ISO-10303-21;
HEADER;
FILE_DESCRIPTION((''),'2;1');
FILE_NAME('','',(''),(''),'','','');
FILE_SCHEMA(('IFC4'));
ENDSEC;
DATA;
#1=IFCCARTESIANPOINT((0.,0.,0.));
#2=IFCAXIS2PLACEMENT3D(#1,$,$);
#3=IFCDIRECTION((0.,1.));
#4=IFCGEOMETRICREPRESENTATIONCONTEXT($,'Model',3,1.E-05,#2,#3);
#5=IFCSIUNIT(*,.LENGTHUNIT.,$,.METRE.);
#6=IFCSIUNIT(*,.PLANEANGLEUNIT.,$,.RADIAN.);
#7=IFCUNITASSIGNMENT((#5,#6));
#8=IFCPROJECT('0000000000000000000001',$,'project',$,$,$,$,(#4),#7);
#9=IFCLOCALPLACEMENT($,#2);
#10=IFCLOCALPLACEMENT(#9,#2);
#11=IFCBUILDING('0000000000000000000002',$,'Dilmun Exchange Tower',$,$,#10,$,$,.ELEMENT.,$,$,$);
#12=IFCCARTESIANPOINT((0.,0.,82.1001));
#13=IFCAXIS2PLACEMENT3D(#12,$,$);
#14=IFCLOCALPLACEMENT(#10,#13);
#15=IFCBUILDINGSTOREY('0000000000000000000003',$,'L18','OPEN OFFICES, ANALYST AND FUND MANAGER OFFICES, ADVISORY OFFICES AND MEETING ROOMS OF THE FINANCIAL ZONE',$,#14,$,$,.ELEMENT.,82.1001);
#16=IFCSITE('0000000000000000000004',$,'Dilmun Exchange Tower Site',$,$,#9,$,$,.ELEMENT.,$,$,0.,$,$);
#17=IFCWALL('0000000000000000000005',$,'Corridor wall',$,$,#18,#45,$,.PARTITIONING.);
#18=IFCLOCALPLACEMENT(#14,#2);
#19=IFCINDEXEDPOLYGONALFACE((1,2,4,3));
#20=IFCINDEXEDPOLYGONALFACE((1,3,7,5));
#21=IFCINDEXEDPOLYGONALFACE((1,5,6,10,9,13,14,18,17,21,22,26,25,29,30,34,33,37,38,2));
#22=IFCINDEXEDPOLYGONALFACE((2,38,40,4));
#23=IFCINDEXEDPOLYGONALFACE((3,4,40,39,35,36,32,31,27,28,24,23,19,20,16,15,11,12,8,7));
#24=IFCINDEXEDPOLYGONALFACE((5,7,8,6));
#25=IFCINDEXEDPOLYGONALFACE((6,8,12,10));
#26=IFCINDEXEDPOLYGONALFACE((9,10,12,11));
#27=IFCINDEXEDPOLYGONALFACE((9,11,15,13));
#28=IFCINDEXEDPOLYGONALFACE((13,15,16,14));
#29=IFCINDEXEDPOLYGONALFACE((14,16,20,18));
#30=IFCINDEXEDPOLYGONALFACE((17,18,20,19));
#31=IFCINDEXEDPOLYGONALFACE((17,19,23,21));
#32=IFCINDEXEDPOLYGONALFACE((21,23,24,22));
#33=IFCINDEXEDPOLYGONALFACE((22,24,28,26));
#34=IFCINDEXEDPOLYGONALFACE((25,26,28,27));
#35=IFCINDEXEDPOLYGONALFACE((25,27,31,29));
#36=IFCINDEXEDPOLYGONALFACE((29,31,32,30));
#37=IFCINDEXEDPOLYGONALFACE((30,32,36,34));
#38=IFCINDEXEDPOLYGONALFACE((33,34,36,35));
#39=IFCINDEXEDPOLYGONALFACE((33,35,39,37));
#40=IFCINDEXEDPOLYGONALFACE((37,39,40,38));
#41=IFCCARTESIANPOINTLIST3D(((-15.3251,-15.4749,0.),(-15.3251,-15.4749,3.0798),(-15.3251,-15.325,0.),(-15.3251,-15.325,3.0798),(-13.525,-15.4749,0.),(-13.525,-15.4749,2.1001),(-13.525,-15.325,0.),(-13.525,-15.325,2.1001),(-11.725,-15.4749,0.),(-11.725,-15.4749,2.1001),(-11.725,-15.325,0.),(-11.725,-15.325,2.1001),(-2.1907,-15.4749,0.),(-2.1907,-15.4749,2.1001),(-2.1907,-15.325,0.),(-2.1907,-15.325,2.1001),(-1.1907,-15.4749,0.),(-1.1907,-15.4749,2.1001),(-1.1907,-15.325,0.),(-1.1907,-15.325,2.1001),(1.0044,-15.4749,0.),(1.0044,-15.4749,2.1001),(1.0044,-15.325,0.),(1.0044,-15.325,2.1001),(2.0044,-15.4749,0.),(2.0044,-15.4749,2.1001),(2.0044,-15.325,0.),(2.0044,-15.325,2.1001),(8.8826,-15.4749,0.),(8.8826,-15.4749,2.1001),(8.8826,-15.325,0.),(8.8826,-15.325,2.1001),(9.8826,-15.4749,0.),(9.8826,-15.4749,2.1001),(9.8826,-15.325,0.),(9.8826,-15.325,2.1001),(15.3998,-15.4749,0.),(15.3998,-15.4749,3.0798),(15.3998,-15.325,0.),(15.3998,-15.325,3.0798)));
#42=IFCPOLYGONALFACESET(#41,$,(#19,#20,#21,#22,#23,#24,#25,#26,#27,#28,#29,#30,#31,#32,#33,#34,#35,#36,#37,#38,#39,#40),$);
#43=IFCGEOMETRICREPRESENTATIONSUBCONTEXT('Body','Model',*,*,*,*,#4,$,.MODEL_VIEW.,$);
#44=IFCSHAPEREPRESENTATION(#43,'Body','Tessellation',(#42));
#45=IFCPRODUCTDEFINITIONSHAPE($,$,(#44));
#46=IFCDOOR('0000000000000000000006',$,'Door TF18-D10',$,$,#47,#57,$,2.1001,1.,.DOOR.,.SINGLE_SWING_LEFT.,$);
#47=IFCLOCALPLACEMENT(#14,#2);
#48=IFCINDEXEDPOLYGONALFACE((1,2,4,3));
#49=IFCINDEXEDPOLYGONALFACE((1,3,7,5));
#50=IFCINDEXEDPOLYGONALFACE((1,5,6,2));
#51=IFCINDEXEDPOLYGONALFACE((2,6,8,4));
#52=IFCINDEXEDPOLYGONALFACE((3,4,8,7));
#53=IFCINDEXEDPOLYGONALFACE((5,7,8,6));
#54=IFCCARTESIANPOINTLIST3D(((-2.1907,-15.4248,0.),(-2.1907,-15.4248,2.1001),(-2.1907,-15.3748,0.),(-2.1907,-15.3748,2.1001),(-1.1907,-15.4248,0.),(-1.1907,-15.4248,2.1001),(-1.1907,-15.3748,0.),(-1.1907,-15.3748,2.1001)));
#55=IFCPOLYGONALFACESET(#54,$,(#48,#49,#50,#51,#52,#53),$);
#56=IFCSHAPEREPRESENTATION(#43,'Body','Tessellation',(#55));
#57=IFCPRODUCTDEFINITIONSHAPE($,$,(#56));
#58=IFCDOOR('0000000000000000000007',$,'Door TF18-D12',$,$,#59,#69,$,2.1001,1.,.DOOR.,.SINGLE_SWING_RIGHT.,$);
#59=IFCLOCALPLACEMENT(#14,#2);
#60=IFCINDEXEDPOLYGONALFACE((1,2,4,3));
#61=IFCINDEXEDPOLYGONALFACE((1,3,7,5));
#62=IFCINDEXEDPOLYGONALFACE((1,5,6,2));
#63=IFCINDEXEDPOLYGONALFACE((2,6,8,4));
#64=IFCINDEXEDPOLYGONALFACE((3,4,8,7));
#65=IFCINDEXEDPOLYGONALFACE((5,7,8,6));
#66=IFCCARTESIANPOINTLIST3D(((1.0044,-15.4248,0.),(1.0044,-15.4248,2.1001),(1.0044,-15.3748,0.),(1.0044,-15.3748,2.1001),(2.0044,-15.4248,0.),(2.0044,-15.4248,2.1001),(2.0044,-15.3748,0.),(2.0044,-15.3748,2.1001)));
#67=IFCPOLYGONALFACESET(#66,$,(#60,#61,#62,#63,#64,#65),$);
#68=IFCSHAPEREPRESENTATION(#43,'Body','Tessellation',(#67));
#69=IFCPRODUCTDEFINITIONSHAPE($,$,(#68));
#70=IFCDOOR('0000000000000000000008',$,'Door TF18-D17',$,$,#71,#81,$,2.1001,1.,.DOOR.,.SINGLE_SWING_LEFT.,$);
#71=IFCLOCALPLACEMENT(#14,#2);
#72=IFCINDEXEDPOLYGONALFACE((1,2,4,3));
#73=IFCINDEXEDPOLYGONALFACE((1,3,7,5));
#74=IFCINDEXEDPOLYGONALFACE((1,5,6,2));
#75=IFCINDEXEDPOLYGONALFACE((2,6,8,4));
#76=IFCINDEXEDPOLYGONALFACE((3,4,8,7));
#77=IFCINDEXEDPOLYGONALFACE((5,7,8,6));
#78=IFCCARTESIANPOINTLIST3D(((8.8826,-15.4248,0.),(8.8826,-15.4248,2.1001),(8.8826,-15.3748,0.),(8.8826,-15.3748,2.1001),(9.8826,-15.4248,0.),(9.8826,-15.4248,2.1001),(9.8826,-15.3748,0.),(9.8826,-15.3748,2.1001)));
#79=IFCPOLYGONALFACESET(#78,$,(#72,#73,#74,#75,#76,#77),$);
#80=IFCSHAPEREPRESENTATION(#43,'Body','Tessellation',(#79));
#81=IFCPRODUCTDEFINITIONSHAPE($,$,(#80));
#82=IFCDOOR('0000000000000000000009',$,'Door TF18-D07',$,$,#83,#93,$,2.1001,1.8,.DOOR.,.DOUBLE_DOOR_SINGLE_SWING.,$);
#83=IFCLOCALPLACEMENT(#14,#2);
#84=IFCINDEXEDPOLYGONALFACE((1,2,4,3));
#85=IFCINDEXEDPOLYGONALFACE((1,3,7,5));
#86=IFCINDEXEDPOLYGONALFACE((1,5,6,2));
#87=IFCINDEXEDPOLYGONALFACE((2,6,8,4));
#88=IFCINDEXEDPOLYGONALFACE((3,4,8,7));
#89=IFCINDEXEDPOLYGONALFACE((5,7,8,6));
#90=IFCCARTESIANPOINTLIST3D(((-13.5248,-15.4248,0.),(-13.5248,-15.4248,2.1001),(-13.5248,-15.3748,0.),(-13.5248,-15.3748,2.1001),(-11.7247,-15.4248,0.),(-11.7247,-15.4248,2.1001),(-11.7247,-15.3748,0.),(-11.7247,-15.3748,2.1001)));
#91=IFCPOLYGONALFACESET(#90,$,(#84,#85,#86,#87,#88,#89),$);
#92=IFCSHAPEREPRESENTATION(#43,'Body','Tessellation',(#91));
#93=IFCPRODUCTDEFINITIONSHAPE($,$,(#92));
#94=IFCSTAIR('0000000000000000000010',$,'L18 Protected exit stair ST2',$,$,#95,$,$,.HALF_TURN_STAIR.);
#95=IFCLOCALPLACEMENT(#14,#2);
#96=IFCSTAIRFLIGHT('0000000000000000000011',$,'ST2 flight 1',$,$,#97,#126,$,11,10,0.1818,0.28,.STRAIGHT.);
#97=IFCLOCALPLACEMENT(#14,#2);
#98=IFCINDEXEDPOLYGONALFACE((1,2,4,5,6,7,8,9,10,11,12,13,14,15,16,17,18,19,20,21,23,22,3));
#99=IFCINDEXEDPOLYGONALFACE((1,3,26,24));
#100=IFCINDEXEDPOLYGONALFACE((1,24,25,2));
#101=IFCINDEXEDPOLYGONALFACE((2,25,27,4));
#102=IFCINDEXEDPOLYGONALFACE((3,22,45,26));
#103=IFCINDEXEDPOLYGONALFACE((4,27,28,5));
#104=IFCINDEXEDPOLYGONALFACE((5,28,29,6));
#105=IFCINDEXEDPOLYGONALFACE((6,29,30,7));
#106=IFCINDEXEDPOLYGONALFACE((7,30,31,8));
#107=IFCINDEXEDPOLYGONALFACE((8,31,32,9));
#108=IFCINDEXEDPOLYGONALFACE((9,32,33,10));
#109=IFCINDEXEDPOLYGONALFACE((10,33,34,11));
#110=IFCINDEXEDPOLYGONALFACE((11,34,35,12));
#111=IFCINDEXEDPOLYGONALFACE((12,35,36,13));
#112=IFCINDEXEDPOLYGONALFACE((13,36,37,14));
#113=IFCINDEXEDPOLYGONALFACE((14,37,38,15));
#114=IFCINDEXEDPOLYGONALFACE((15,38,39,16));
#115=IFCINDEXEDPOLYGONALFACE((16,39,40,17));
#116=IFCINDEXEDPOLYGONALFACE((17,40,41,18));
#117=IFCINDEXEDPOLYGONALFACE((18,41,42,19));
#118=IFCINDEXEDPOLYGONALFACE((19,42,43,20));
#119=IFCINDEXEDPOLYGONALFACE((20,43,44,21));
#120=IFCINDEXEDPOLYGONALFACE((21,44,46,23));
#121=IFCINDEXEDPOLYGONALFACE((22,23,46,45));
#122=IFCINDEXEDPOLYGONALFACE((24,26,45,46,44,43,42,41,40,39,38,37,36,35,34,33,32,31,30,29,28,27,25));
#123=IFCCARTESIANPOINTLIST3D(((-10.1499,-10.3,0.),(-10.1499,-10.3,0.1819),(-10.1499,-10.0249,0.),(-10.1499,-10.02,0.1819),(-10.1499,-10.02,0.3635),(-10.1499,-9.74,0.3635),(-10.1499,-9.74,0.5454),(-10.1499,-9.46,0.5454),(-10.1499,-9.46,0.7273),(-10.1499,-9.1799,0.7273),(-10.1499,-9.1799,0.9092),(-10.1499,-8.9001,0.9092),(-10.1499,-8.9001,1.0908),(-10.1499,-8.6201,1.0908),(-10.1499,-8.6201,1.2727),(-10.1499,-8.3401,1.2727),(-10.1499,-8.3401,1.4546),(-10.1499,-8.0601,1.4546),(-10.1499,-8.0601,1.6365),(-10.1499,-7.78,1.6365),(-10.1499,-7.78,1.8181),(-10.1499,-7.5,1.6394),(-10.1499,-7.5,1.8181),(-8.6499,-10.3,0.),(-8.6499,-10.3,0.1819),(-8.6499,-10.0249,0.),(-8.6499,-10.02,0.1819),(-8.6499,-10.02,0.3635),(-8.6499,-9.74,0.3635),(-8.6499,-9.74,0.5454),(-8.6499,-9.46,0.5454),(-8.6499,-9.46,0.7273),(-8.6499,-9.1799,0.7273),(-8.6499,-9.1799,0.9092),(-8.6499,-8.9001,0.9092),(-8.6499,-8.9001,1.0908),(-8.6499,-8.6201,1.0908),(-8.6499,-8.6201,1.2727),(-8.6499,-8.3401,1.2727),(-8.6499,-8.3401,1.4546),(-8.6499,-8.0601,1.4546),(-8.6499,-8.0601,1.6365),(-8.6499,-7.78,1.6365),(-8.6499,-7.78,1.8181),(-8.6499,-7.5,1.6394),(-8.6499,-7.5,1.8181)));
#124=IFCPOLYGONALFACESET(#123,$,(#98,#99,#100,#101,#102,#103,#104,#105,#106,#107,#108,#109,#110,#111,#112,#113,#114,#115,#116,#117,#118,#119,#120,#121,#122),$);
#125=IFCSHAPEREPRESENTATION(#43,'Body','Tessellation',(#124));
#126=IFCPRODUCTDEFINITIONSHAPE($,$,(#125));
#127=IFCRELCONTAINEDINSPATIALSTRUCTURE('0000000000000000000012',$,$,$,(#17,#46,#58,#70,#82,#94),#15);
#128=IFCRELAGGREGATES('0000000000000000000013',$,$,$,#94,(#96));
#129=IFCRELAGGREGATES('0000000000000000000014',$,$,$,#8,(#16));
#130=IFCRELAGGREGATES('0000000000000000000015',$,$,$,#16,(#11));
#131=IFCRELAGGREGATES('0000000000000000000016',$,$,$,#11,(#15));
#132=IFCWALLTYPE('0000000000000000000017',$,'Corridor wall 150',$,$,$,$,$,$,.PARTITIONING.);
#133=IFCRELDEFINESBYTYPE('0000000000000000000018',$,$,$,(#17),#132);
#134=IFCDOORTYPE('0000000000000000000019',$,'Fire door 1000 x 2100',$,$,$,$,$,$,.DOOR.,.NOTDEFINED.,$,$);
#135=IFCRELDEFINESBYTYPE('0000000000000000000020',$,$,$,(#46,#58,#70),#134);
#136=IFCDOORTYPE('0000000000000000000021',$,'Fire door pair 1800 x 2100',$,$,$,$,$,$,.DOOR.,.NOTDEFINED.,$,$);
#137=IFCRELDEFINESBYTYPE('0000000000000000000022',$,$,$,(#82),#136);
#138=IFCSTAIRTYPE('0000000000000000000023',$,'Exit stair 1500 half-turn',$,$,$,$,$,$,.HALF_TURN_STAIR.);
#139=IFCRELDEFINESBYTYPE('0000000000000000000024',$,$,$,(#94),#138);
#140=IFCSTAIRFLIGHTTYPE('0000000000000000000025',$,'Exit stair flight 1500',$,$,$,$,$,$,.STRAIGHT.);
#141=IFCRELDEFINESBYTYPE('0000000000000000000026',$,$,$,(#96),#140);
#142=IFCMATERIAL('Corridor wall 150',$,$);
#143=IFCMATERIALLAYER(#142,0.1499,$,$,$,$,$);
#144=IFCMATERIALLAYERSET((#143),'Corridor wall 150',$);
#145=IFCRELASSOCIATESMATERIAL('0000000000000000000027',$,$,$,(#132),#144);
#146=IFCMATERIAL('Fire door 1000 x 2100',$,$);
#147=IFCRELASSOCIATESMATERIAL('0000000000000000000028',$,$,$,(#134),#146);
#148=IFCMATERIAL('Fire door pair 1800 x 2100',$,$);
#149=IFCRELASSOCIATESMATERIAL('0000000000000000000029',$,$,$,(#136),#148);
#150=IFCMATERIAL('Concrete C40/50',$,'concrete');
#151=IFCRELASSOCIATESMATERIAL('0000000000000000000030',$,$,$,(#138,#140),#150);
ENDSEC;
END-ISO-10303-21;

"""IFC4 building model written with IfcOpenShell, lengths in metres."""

from ifc_helpers import new_model, si_unit, direction, frame, frame_2d, origin, place, context, subcontext, project, spatial, polyline, rectangle, outline, extrude, material, layer, layer_set, type_object, element, fill, aggregate, save


model = new_model("IFC4")

# Units and contexts
model_context = context("Model", 3, precision=1e-05, world=origin(), true_north=direction((0.0, 1.0)))
body_context = subcontext(model_context, "Body", "Model", "MODEL_VIEW")
ifc_project = project(units=[si_unit("LENGTHUNIT", "METRE"), si_unit("PLANEANGLEUNIT", "RADIAN")], contexts=[model_context])

# Site, building, storey
site_placement = place(None, origin())
site = spatial("IfcSite", under=ifc_project, at=site_placement, Name="Dilmun Exchange Tower Site", CompositionType="ELEMENT", RefElevation=0.0)
building_placement = place(site_placement, origin())
building = spatial("IfcBuilding", under=site, at=building_placement, Name="Dilmun Exchange Tower", CompositionType="ELEMENT")
storey_placement = place(building_placement, frame((0.0, 0.0, 82.1001)))
storey = spatial("IfcBuildingStorey", under=building, at=storey_placement, Name="L18", Description="OPEN OFFICES, ANALYST AND FUND MANAGER OFFICES, ADVISORY OFFICES AND MEETING ROOMS OF THE FINANCIAL ZONE", CompositionType="ELEMENT", Elevation=82.1001)

# Wall, openings, doors
ifc_material_1 = material(Name="Corridor wall 150")
ifc_layer_1 = layer(ifc_material_1, 0.1499)
ifc_layer_set_1 = layer_set([ifc_layer_1], Name="Corridor wall 150")
wall_type_1 = type_object("IfcWallType", Name="Corridor wall 150", PredefinedType="PARTITIONING", material=ifc_layer_set_1)
ifc_material_2 = material(Name="Fire door 1000 x 2100")
door_type_1 = type_object("IfcDoorType", Name="Fire door 1000 x 2100", OperationType="NOTDEFINED", PredefinedType="DOOR", material=ifc_material_2)
ifc_material_3 = material(Name="Fire door pair 1800 x 2100")
door_type_2 = type_object("IfcDoorType", Name="Fire door pair 1800 x 2100", OperationType="NOTDEFINED", PredefinedType="DOOR", material=ifc_material_3)
wall_1_placement = place(storey_placement, frame((-15.325, -15.3999, 0.0), z_axis=(0.0, 0.0, 1.0), x_axis=(1.0, 0.0, 0.0)))
wall_1 = element("IfcWall", 1, at=wall_1_placement, inside=storey, type_object=wall_type_1, Name="Corridor wall", PredefinedType="PARTITIONING", context=body_context, shape_type="SweptSolid", body=[
    extrude(rectangle(XDim=30.7249, YDim=0.1499, at=frame_2d((15.3623, 0.0))), origin(), (0.0, 0.0, 1.0), 3.0798),
])
opening_1_placement = place(wall_1_placement, frame((1.8, 0.0, 0.0)))
opening_1 = element("IfcOpeningElement", 2, at=opening_1_placement, cuts=wall_1, PredefinedType="OPENING", context=body_context, shape_type="SweptSolid", body=[
    extrude(rectangle(XDim=1.8, YDim=2.1001, at=frame_2d((0.8999, 1.05))), frame((0.0, 0.085, 0.0), z_axis=(0.0, -1.0, 0.0), x_axis=(1.0, 0.0, 0.0)), (0.0, 0.0, 1.0), 0.1699),
])
opening_2_placement = place(wall_1_placement, frame((13.1343, 0.0, 0.0)))
opening_2 = element("IfcOpeningElement", 3, at=opening_2_placement, cuts=wall_1, PredefinedType="OPENING", context=body_context, shape_type="SweptSolid", body=[
    extrude(rectangle(XDim=1.0, YDim=2.1001, at=frame_2d((0.5, 1.05))), frame((0.0, 0.085, 0.0), z_axis=(0.0, -1.0, 0.0), x_axis=(1.0, 0.0, 0.0)), (0.0, 0.0, 1.0), 0.1699),
])
opening_3_placement = place(wall_1_placement, frame((16.3293, 0.0, 0.0)))
opening_3 = element("IfcOpeningElement", 4, at=opening_3_placement, cuts=wall_1, PredefinedType="OPENING", context=body_context, shape_type="SweptSolid", body=[
    extrude(rectangle(XDim=1.0, YDim=2.1001, at=frame_2d((0.5, 1.05))), frame((0.0, 0.085, 0.0), z_axis=(0.0, -1.0, 0.0), x_axis=(1.0, 0.0, 0.0)), (0.0, 0.0, 1.0), 0.1699),
])
opening_4_placement = place(wall_1_placement, frame((24.2075, 0.0, 0.0)))
opening_4 = element("IfcOpeningElement", 5, at=opening_4_placement, cuts=wall_1, PredefinedType="OPENING", context=body_context, shape_type="SweptSolid", body=[
    extrude(rectangle(XDim=1.0, YDim=2.1001, at=frame_2d((0.5, 1.05))), frame((0.0, 0.085, 0.0), z_axis=(0.0, -1.0, 0.0), x_axis=(1.0, 0.0, 0.0)), (0.0, 0.0, 1.0), 0.1699),
])
door_1_placement = place(opening_2_placement, frame((1.0, 0.0, 0.0), z_axis=(0.0, 0.0, 1.0), x_axis=(-1.0, 0.0, 0.0)))
door_1 = element("IfcDoor", 6, at=door_1_placement, inside=storey, type_object=door_type_1, Name="Door TF18-D10", OperationType="SINGLE_SWING_LEFT", OverallHeight=2.1001, OverallWidth=1.0, PredefinedType="DOOR", context=body_context, shape_type="SweptSolid", body=[
    extrude(rectangle(XDim=1.0, YDim=2.1001, at=frame_2d((0.5, 1.05))), frame((0.0, 0.0249, 0.0), z_axis=(0.0, -1.0, 0.0), x_axis=(1.0, 0.0, 0.0)), (0.0, 0.0, 1.0), 0.05),
])
fill(opening_2, door_1)
door_2_placement = place(opening_3_placement, frame((1.0, 0.0, 0.0), z_axis=(0.0, 0.0, 1.0), x_axis=(-1.0, 0.0, 0.0)))
door_2 = element("IfcDoor", 7, at=door_2_placement, inside=storey, type_object=door_type_1, Name="Door TF18-D12", OperationType="SINGLE_SWING_RIGHT", OverallHeight=2.1001, OverallWidth=1.0, PredefinedType="DOOR", context=body_context, shape_type="SweptSolid", body=[
    extrude(rectangle(XDim=1.0, YDim=2.1001, at=frame_2d((0.5, 1.05))), frame((0.0, 0.0249, 0.0), z_axis=(0.0, -1.0, 0.0), x_axis=(1.0, 0.0, 0.0)), (0.0, 0.0, 1.0), 0.05),
])
fill(opening_3, door_2)
door_3_placement = place(opening_4_placement, frame((1.0, 0.0, 0.0), z_axis=(0.0, 0.0, 1.0), x_axis=(-1.0, 0.0, 0.0)))
door_3 = element("IfcDoor", 8, at=door_3_placement, inside=storey, type_object=door_type_1, Name="Door TF18-D17", OperationType="SINGLE_SWING_LEFT", OverallHeight=2.1001, OverallWidth=1.0, PredefinedType="DOOR", context=body_context, shape_type="SweptSolid", body=[
    extrude(rectangle(XDim=1.0, YDim=2.1001, at=frame_2d((0.5, 1.05))), frame((0.0, 0.0249, 0.0), z_axis=(0.0, -1.0, 0.0), x_axis=(1.0, 0.0, 0.0)), (0.0, 0.0, 1.0), 0.05),
])
fill(opening_4, door_3)
door_4_placement = place(opening_1_placement, frame((1.8, 0.0, 0.0), z_axis=(0.0, 0.0, 1.0), x_axis=(-1.0, 0.0, 0.0)))
door_4 = element("IfcDoor", 9, at=door_4_placement, inside=storey, type_object=door_type_2, Name="Door TF18-D07", OperationType="DOUBLE_DOOR_SINGLE_SWING", OverallHeight=2.1001, OverallWidth=1.8, PredefinedType="DOOR", context=body_context, shape_type="SweptSolid", body=[
    extrude(rectangle(XDim=1.8, YDim=2.1001, at=frame_2d((0.8999, 1.05))), frame((0.0, 0.0249, 0.0), z_axis=(0.0, -1.0, 0.0), x_axis=(1.0, 0.0, 0.0)), (0.0, 0.0, 1.0), 0.05),
])
fill(opening_1, door_4)

# Stair, stair flight
ifc_material_4 = material(Name="Concrete C40/50", Category="concrete")
stair_type = type_object("IfcStairType", Name="Exit stair 1500 half-turn", PredefinedType="HALF_TURN_STAIR", material=ifc_material_4)
stair_placement = place(storey_placement, origin())
stair = element("IfcStair", 10, at=stair_placement, inside=storey, type_object=stair_type, Name="L18 Protected exit stair ST2", PredefinedType="HALF_TURN_STAIR")
stair_flight_type = type_object("IfcStairFlightType", Name="Exit stair flight 1500", PredefinedType="STRAIGHT", material=ifc_material_4)
stair_flight_placement = place(storey_placement, frame((-9.3999, -10.3, 0.0), z_axis=(0.0, 0.0, 1.0), x_axis=(0.0, 1.0, 0.0)))
stair_flight = element("IfcStairFlight", 11, at=stair_flight_placement, type_object=stair_flight_type, Name="ST2 flight 1", NumberOfRisers=11, NumberOfTreads=10, PredefinedType="STRAIGHT", RiserHeight=0.1818, TreadLength=0.28, context=body_context, shape_type="SweptSolid", body=[
    extrude(outline(polyline([(0.0, 0.0), (0.0, 0.1819), (0.28, 0.1819), (0.28, 0.3635), (0.5601, 0.3635), (0.5601, 0.5454), (0.8401, 0.5454), (0.8401, 0.7273), (1.1201, 0.7273), (1.1201, 0.9092), (1.3999, 0.9092), (1.3999, 1.0908), (1.6799, 1.0908), (1.6799, 1.2727), (1.96, 1.2727), (1.96, 1.4546), (2.24, 1.4546), (2.24, 1.6365), (2.52, 1.6365), (2.52, 1.8181), (2.8, 1.8181), (2.8, 2.0), (2.8, 1.6394), (0.2751, 0.0), (0.0, 0.0)])), frame((0.0, 0.75, 0.0), z_axis=(0.0, -1.0, 0.0), x_axis=(1.0, 0.0, 0.0)), (0.0, 0.0, 1.0), 1.5),
])
aggregate(stair, [stair_flight])

save(model, "model.ifc")
